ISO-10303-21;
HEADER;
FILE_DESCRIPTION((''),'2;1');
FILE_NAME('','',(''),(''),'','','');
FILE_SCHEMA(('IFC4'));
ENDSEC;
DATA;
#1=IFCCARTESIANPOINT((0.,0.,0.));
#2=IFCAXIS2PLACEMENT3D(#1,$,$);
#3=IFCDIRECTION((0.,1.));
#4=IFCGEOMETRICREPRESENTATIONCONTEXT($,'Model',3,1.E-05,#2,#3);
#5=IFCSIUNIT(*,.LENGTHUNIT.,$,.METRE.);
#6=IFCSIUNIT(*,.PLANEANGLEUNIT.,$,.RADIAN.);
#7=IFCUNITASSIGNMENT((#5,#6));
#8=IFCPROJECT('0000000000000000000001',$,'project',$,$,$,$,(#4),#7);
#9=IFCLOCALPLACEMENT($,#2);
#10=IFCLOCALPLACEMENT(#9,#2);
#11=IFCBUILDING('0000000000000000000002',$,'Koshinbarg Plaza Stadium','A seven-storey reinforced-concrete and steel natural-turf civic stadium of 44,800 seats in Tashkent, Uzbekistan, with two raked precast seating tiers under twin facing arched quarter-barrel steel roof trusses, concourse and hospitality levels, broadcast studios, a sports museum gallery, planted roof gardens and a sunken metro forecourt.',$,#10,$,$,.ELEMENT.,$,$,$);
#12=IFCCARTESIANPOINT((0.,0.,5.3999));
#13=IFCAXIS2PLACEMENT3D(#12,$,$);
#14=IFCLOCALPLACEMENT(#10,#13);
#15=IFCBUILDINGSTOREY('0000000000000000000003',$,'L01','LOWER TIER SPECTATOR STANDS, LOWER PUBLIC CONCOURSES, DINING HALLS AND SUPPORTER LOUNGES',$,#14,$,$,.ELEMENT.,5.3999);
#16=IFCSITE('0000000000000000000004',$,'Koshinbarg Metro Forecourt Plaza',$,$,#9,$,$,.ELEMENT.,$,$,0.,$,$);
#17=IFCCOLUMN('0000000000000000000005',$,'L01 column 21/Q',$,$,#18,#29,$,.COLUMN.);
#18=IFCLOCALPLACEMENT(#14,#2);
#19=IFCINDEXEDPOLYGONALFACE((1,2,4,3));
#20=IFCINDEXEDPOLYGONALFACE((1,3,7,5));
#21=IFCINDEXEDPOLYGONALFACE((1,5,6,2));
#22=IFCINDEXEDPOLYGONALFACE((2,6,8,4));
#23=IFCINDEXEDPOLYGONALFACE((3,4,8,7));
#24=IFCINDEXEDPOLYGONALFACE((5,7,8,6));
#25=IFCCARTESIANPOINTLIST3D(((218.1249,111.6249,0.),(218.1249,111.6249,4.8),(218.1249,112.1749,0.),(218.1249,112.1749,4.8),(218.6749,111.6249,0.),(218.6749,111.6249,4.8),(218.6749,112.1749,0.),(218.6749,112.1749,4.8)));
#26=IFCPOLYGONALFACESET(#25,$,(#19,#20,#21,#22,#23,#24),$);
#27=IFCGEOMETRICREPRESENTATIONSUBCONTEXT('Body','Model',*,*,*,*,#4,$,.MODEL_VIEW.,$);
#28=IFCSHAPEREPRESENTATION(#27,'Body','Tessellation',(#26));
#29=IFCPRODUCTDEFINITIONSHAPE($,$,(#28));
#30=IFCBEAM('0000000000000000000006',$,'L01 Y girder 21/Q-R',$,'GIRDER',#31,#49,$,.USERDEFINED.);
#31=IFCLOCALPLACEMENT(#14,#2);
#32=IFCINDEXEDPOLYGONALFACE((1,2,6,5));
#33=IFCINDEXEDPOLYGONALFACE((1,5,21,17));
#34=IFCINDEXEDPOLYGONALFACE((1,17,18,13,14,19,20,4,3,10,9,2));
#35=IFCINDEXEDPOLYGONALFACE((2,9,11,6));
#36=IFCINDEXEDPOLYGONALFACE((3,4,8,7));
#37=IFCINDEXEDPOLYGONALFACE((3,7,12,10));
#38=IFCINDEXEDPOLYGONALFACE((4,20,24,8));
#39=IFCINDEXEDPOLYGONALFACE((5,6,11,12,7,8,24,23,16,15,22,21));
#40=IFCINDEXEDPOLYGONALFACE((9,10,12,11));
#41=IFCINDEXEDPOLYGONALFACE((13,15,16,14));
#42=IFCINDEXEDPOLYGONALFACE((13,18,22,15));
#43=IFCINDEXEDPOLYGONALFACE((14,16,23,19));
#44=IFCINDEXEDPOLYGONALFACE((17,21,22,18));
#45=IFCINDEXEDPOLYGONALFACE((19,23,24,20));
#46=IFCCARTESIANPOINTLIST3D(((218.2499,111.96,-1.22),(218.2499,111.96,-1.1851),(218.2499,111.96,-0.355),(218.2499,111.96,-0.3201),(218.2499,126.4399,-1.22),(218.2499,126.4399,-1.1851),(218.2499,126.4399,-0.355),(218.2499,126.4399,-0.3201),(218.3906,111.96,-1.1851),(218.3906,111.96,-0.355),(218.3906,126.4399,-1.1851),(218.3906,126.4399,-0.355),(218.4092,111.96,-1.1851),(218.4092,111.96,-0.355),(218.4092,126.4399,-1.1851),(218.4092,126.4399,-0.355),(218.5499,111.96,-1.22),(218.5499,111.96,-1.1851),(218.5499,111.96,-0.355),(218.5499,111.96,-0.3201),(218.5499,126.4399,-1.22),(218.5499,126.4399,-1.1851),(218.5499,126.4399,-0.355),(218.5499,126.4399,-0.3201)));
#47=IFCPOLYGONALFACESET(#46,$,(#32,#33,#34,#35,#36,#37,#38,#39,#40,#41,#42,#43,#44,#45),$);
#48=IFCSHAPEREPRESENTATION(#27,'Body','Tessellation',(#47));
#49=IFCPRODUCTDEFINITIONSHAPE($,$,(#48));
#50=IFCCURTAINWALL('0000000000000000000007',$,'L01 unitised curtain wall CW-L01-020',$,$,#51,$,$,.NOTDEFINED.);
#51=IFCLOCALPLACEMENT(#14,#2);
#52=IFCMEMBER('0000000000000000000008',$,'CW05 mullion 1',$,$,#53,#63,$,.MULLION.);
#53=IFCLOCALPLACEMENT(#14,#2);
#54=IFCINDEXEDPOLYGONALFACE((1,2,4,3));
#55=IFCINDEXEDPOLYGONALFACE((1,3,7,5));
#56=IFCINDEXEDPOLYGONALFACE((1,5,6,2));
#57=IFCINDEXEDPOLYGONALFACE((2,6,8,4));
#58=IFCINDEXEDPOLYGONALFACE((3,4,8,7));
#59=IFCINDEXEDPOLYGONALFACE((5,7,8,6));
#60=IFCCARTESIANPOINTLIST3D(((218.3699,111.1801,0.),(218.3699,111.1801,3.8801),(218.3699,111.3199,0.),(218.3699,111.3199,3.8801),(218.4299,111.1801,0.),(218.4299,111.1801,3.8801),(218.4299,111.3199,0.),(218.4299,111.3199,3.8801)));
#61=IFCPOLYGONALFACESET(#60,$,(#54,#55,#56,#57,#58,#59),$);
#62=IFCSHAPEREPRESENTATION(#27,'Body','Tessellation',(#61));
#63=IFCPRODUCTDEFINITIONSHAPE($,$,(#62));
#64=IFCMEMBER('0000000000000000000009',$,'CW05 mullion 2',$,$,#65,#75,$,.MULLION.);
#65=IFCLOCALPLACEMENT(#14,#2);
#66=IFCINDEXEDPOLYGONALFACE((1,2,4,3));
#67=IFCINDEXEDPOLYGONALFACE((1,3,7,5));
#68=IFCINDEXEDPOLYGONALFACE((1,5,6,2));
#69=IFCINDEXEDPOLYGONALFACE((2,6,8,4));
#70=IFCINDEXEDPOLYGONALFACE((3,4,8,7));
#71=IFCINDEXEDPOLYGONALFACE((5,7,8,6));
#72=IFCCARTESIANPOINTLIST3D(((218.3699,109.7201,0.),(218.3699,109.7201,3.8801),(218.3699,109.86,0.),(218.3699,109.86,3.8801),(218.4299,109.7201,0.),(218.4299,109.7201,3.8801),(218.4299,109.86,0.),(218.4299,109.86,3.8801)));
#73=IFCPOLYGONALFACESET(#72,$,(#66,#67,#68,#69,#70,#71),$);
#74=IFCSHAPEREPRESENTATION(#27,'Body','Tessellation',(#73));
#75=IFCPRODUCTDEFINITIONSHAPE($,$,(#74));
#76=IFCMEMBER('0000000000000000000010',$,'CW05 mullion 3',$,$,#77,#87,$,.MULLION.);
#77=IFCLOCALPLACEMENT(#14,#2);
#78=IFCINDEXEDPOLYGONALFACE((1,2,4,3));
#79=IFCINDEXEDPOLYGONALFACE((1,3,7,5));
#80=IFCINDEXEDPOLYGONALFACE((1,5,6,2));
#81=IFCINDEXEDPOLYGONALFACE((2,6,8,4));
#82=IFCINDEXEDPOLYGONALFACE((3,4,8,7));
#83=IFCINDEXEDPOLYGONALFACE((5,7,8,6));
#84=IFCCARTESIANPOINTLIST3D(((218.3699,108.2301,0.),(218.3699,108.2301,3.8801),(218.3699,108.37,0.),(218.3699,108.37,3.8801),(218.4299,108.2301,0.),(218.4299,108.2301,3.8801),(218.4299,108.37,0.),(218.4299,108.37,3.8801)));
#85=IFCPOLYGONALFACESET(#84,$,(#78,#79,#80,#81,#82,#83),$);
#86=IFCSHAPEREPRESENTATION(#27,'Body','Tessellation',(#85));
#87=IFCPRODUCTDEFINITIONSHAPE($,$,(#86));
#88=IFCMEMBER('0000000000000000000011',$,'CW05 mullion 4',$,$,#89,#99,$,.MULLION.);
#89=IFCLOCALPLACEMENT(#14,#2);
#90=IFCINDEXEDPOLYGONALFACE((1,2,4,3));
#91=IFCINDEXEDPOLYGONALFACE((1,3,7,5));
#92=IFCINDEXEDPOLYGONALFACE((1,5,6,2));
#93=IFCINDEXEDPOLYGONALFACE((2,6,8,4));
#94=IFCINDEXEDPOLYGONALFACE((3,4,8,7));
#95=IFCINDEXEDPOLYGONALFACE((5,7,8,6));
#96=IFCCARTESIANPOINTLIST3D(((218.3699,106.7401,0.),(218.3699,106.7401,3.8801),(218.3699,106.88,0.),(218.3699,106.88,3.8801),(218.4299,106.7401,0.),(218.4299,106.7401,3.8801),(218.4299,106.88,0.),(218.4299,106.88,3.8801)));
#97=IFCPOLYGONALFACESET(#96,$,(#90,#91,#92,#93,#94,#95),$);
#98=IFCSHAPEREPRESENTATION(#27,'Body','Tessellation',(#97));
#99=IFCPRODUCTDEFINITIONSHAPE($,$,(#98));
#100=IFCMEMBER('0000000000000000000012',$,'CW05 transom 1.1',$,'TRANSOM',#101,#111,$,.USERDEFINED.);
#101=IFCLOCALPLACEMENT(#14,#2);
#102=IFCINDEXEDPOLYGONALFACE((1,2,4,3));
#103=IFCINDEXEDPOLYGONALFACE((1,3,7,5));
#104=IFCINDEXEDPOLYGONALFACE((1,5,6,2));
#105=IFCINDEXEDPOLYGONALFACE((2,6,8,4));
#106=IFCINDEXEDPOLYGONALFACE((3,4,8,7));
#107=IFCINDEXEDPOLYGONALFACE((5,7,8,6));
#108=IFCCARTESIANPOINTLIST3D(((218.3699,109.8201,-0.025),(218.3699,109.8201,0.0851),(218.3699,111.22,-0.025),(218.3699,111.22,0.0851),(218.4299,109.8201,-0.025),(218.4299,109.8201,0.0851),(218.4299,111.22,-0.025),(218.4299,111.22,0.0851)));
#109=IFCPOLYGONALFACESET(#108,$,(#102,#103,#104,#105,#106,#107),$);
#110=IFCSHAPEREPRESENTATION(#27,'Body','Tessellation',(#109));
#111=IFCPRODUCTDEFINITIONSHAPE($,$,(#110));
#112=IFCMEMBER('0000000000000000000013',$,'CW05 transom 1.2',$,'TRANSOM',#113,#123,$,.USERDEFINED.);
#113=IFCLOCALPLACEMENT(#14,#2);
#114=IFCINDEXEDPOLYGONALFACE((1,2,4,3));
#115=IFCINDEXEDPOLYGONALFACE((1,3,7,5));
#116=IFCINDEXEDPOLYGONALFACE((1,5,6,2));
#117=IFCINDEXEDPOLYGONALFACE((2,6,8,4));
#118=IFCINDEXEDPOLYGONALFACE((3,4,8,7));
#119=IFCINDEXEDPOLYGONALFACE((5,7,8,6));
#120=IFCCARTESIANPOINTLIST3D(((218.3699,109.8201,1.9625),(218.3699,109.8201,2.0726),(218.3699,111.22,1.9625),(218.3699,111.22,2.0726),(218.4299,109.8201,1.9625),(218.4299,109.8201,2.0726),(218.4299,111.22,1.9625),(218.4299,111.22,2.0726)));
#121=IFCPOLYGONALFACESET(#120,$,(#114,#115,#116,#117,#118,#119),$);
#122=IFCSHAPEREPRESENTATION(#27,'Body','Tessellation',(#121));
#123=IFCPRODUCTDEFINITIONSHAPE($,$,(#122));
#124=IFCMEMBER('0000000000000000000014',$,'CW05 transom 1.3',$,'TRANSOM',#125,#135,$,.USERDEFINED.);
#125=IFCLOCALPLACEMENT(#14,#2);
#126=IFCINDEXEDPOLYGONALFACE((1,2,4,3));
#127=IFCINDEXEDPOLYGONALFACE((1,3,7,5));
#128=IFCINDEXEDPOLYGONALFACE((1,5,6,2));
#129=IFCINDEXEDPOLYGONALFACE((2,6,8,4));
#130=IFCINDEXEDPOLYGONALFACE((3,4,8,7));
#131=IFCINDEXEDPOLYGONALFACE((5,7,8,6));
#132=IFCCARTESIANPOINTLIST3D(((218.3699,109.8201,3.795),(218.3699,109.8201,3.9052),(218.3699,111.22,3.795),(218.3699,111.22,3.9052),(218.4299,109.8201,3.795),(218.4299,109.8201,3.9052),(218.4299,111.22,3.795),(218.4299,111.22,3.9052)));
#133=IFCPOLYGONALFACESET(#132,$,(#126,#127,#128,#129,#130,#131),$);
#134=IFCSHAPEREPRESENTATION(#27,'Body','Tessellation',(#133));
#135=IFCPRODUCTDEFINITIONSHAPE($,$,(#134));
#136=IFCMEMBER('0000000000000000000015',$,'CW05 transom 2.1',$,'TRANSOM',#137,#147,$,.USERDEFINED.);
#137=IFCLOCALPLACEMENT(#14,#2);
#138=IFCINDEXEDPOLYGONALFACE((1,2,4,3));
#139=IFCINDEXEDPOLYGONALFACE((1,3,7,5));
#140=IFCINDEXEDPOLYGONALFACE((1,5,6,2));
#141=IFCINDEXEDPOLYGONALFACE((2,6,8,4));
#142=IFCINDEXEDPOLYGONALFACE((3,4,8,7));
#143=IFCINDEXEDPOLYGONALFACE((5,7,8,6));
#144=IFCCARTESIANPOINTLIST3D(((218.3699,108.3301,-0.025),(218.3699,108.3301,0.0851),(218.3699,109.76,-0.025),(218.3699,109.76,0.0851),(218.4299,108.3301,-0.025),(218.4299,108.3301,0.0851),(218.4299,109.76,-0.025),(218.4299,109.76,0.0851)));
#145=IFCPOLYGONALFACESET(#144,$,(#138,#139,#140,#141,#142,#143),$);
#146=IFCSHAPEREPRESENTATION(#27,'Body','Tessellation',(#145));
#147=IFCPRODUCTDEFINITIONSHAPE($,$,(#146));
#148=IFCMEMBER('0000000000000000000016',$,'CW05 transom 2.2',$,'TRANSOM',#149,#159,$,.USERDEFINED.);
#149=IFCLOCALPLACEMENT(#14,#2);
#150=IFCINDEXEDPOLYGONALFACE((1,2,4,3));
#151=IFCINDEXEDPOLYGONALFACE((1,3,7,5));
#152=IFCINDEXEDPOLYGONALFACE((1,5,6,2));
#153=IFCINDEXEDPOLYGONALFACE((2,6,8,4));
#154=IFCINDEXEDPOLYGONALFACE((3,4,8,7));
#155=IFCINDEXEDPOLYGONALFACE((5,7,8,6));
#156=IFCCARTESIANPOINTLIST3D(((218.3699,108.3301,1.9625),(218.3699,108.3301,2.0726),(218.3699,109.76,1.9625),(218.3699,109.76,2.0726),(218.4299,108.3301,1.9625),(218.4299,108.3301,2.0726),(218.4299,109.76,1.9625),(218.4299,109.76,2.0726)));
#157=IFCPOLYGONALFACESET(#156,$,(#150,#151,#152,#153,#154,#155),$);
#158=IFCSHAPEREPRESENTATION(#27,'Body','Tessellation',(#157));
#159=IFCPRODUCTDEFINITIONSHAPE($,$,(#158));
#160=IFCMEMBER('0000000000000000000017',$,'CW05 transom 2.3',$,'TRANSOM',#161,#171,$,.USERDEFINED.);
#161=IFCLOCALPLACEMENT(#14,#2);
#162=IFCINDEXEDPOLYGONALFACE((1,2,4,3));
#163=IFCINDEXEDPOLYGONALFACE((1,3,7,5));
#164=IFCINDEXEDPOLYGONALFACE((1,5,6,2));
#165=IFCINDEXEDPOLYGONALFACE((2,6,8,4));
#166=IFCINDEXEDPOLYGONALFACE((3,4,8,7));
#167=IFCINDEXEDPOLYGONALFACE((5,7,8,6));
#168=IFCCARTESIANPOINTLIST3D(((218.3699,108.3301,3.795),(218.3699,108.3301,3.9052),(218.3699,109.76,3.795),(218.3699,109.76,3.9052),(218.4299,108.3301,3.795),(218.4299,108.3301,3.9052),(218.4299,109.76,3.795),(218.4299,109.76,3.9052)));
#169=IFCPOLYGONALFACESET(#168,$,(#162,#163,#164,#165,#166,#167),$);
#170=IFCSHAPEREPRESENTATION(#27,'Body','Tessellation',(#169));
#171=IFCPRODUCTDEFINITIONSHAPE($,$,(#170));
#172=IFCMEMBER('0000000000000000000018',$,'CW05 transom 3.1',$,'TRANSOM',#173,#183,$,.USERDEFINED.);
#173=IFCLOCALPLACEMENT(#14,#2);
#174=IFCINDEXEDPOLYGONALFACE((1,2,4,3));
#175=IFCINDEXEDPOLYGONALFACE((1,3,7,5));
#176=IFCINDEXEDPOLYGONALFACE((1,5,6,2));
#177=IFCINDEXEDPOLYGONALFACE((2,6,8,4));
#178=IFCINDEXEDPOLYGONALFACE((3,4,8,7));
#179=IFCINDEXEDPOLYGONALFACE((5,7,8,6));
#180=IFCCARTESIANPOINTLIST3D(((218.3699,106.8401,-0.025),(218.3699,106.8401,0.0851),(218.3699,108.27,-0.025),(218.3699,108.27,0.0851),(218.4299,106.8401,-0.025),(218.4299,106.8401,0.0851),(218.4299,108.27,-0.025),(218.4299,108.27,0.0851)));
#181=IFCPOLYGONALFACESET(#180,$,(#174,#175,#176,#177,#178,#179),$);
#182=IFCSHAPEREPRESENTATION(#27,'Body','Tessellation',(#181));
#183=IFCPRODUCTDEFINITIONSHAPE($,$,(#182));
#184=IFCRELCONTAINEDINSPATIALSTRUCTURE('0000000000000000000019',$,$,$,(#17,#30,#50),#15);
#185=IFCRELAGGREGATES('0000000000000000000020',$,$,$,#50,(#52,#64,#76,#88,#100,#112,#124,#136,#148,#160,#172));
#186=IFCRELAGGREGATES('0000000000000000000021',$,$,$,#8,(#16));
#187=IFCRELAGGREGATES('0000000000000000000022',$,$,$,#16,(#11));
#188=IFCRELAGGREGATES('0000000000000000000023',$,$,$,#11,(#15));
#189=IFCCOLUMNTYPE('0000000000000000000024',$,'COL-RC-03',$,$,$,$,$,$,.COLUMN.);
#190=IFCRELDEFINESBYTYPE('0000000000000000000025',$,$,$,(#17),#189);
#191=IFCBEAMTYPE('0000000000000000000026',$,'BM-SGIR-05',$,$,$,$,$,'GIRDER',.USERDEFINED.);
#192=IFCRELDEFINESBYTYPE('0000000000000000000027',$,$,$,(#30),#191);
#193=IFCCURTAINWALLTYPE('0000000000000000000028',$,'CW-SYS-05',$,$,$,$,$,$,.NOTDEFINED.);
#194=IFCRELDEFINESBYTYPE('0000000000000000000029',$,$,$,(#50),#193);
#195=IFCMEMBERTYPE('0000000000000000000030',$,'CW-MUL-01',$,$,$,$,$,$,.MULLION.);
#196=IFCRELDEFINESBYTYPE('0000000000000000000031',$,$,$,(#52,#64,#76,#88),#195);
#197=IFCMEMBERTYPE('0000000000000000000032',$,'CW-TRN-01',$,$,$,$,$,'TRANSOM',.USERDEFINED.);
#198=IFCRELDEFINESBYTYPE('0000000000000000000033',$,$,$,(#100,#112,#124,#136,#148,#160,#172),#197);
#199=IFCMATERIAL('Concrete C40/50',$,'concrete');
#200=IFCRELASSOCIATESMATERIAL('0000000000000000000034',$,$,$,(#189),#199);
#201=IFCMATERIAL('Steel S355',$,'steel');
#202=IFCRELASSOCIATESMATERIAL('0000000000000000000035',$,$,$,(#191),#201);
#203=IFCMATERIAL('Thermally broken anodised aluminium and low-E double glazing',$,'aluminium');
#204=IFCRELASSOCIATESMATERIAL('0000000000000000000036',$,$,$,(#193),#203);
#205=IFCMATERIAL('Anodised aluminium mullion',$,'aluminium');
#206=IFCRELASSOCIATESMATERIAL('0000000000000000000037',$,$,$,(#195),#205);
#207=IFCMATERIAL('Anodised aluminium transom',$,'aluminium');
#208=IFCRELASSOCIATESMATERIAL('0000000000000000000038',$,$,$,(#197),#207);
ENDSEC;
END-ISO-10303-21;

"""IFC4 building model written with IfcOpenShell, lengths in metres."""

from ifc_helpers import new_model, si_unit, direction, frame, origin, origin_2d, place, context, subcontext, project, spatial, rectangle, i_section, extrude, material, material_profile, profile_set, type_object, element, aggregate, save


model = new_model("IFC4")

# Units and contexts
model_context = context("Model", 3, precision=1e-05, world=origin(), true_north=direction((0.0, 1.0)))
body_context = subcontext(model_context, "Body", "Model", "MODEL_VIEW")
ifc_project = project(units=[si_unit("LENGTHUNIT", "METRE"), si_unit("PLANEANGLEUNIT", "RADIAN")], contexts=[model_context])

# Site, building, storey
site_placement = place(None, origin())
site = spatial("IfcSite", under=ifc_project, at=site_placement, Name="Koshinbarg Metro Forecourt Plaza", CompositionType="ELEMENT", RefElevation=0.0)
building_placement = place(site_placement, origin())
building = spatial("IfcBuilding", under=site, at=building_placement, Name="Koshinbarg Plaza Stadium", Description="A seven-storey reinforced-concrete and steel natural-turf civic stadium of 44,800 seats in Tashkent, Uzbekistan, with two raked precast seating tiers under twin facing arched quarter-barrel steel roof trusses, concourse and hospitality levels, broadcast studios, a sports museum gallery, planted roof gardens and a sunken metro forecourt.", CompositionType="ELEMENT")
storey_placement = place(building_placement, frame((0.0, 0.0, 5.3999)))
storey = spatial("IfcBuildingStorey", under=building, at=storey_placement, Name="L01", Description="LOWER TIER SPECTATOR STANDS, LOWER PUBLIC CONCOURSES, DINING HALLS AND SUPPORTER LOUNGES", CompositionType="ELEMENT", Elevation=5.3999)

# Column
ifc_material_1 = material(Name="Concrete C40/50", Category="concrete")
ifc_material_profile_1 = material_profile(ifc_material_1, rectangle(XDim=0.55, YDim=0.55, at=origin_2d()), Name="RC 550x550")
ifc_profile_set_1 = profile_set([ifc_material_profile_1], Name="Concrete C40/50")
column_type = type_object("IfcColumnType", Name="COL-RC-03", PredefinedType="COLUMN", material=ifc_profile_set_1)
column_placement = place(storey_placement, frame((218.3999, 111.8999, 0.0), z_axis=(0.0, 0.0, 1.0), x_axis=(1.0, 0.0, 0.0)))
element("IfcColumn", 1, at=column_placement, inside=storey, type_object=column_type, Name="L01 column 21/Q", PredefinedType="COLUMN", context=body_context, shape_type="SweptSolid", body=[
    extrude(rectangle(XDim=0.55, YDim=0.55, at=origin_2d()), origin(), (0.0, 0.0, 1.0), 4.8),
])

# Beam
ifc_material_2 = material(Name="Steel S355", Category="steel")
ifc_material_profile_2 = material_profile(ifc_material_2, i_section(OverallWidth=0.3, OverallDepth=0.8999, WebThickness=0.0186, FlangeThickness=0.0349, at=origin_2d()), Name="HEB 900")
ifc_profile_set_2 = profile_set([ifc_material_profile_2], Name="Steel S355")
beam_type = type_object("IfcBeamType", Name="BM-SGIR-05", ElementType="GIRDER", PredefinedType="USERDEFINED", material=ifc_profile_set_2)
beam_placement = place(storey_placement, frame((218.3999, 111.96, -0.77), z_axis=(0.0, 1.0, 0.0), x_axis=(-1.0, 0.0, 0.0)))
element("IfcBeam", 2, at=beam_placement, inside=storey, type_object=beam_type, Name="L01 Y girder 21/Q-R", ObjectType="GIRDER", PredefinedType="USERDEFINED", context=body_context, shape_type="SweptSolid", body=[
    extrude(i_section(OverallWidth=0.3, OverallDepth=0.8999, WebThickness=0.0186, FlangeThickness=0.0349, at=origin_2d()), origin(), (0.0, 0.0, 1.0), 14.48),
])

# Curtain wall, members
ifc_material_3 = material(Name="Thermally broken anodised aluminium and low-E double glazing", Category="aluminium")
curtain_wall_type = type_object("IfcCurtainWallType", Name="CW-SYS-05", PredefinedType="NOTDEFINED", material=ifc_material_3)
curtain_wall_placement = place(storey_placement, origin())
curtain_wall = element("IfcCurtainWall", 3, at=curtain_wall_placement, inside=storey, type_object=curtain_wall_type, Name="L01 unitised curtain wall CW-L01-020", PredefinedType="NOTDEFINED")
ifc_material_4 = material(Name="Anodised aluminium mullion", Category="aluminium")
ifc_material_profile_3 = material_profile(ifc_material_4, rectangle(XDim=0.0601, YDim=0.1399, at=origin_2d()), Name="ALU 60x140")
ifc_profile_set_3 = profile_set([ifc_material_profile_3], Name="Anodised aluminium mullion")
member_type_1 = type_object("IfcMemberType", Name="CW-MUL-01", PredefinedType="MULLION", material=ifc_profile_set_3)
member_1_placement = place(storey_placement, frame((218.3999, 111.25, 0.0), z_axis=(0.0, 0.0, 1.0), x_axis=(1.0, 0.0, 0.0)))
member_1 = element("IfcMember", 4, at=member_1_placement, type_object=member_type_1, Name="CW05 mullion 1", PredefinedType="MULLION", context=body_context, shape_type="SweptSolid", body=[
    extrude(rectangle(XDim=0.0601, YDim=0.1399, at=origin_2d()), origin(), (0.0, 0.0, 1.0), 3.8801),
])
member_2_placement = place(storey_placement, frame((218.3999, 109.79, 0.0), z_axis=(0.0, 0.0, 1.0), x_axis=(1.0, 0.0, 0.0)))
member_2 = element("IfcMember", 5, at=member_2_placement, type_object=member_type_1, Name="CW05 mullion 2", PredefinedType="MULLION", context=body_context, shape_type="SweptSolid", body=[
    extrude(rectangle(XDim=0.0601, YDim=0.1399, at=origin_2d()), origin(), (0.0, 0.0, 1.0), 3.8801),
])
member_3_placement = place(storey_placement, frame((218.3999, 108.3, 0.0), z_axis=(0.0, 0.0, 1.0), x_axis=(1.0, 0.0, 0.0)))
member_3 = element("IfcMember", 6, at=member_3_placement, type_object=member_type_1, Name="CW05 mullion 3", PredefinedType="MULLION", context=body_context, shape_type="SweptSolid", body=[
    extrude(rectangle(XDim=0.0601, YDim=0.1399, at=origin_2d()), origin(), (0.0, 0.0, 1.0), 3.8801),
])
member_4_placement = place(storey_placement, frame((218.3999, 106.8101, 0.0), z_axis=(0.0, 0.0, 1.0), x_axis=(1.0, 0.0, 0.0)))
member_4 = element("IfcMember", 7, at=member_4_placement, type_object=member_type_1, Name="CW05 mullion 4", PredefinedType="MULLION", context=body_context, shape_type="SweptSolid", body=[
    extrude(rectangle(XDim=0.0601, YDim=0.1399, at=origin_2d()), origin(), (0.0, 0.0, 1.0), 3.8801),
])
ifc_material_5 = material(Name="Anodised aluminium transom", Category="aluminium")
ifc_material_profile_4 = material_profile(ifc_material_5, rectangle(XDim=0.0601, YDim=0.1101, at=origin_2d()), Name="ALU 60x110")
ifc_profile_set_4 = profile_set([ifc_material_profile_4], Name="Anodised aluminium transom")
member_type_2 = type_object("IfcMemberType", Name="CW-TRN-01", ElementType="TRANSOM", PredefinedType="USERDEFINED", material=ifc_profile_set_4)
member_5_placement = place(storey_placement, frame((218.3999, 111.22, 0.03), z_axis=(0.0, -1.0, 0.0), x_axis=(1.0, 0.0, 0.0)))
member_5 = element("IfcMember", 8, at=member_5_placement, type_object=member_type_2, Name="CW05 transom 1.1", ObjectType="TRANSOM", PredefinedType="USERDEFINED", context=body_context, shape_type="SweptSolid", body=[
    extrude(rectangle(XDim=0.0601, YDim=0.1101, at=origin_2d()), origin(), (0.0, 0.0, 1.0), 1.3999),
])
member_6_placement = place(storey_placement, frame((218.3999, 111.22, 2.0176), z_axis=(0.0, -1.0, 0.0), x_axis=(1.0, 0.0, 0.0)))
member_6 = element("IfcMember", 9, at=member_6_placement, type_object=member_type_2, Name="CW05 transom 1.2", ObjectType="TRANSOM", PredefinedType="USERDEFINED", context=body_context, shape_type="SweptSolid", body=[
    extrude(rectangle(XDim=0.0601, YDim=0.1101, at=origin_2d()), origin(), (0.0, 0.0, 1.0), 1.3999),
])
member_7_placement = place(storey_placement, frame((218.3999, 111.22, 3.8501), z_axis=(0.0, -1.0, 0.0), x_axis=(1.0, 0.0, 0.0)))
member_7 = element("IfcMember", 10, at=member_7_placement, type_object=member_type_2, Name="CW05 transom 1.3", ObjectType="TRANSOM", PredefinedType="USERDEFINED", context=body_context, shape_type="SweptSolid", body=[
    extrude(rectangle(XDim=0.0601, YDim=0.1101, at=origin_2d()), origin(), (0.0, 0.0, 1.0), 1.3999),
])
member_8_placement = place(storey_placement, frame((218.3999, 109.76, 0.03), z_axis=(0.0, -1.0, 0.0), x_axis=(1.0, 0.0, 0.0)))
member_8 = element("IfcMember", 11, at=member_8_placement, type_object=member_type_2, Name="CW05 transom 2.1", ObjectType="TRANSOM", PredefinedType="USERDEFINED", context=body_context, shape_type="SweptSolid", body=[
    extrude(rectangle(XDim=0.0601, YDim=0.1101, at=origin_2d()), origin(), (0.0, 0.0, 1.0), 1.4299),
])
member_9_placement = place(storey_placement, frame((218.3999, 109.76, 2.0176), z_axis=(0.0, -1.0, 0.0), x_axis=(1.0, 0.0, 0.0)))
member_9 = element("IfcMember", 12, at=member_9_placement, type_object=member_type_2, Name="CW05 transom 2.2", ObjectType="TRANSOM", PredefinedType="USERDEFINED", context=body_context, shape_type="SweptSolid", body=[
    extrude(rectangle(XDim=0.0601, YDim=0.1101, at=origin_2d()), origin(), (0.0, 0.0, 1.0), 1.4299),
])
member_10_placement = place(storey_placement, frame((218.3999, 109.76, 3.8501), z_axis=(0.0, -1.0, 0.0), x_axis=(1.0, 0.0, 0.0)))
member_10 = element("IfcMember", 13, at=member_10_placement, type_object=member_type_2, Name="CW05 transom 2.3", ObjectType="TRANSOM", PredefinedType="USERDEFINED", context=body_context, shape_type="SweptSolid", body=[
    extrude(rectangle(XDim=0.0601, YDim=0.1101, at=origin_2d()), origin(), (0.0, 0.0, 1.0), 1.4299),
])
member_11_placement = place(storey_placement, frame((218.3999, 108.27, 0.03), z_axis=(0.0, -1.0, 0.0), x_axis=(1.0, 0.0, 0.0)))
member_11 = element("IfcMember", 14, at=member_11_placement, type_object=member_type_2, Name="CW05 transom 3.1", ObjectType="TRANSOM", PredefinedType="USERDEFINED", context=body_context, shape_type="SweptSolid", body=[
    extrude(rectangle(XDim=0.0601, YDim=0.1101, at=origin_2d()), origin(), (0.0, 0.0, 1.0), 1.4299),
])
aggregate(curtain_wall, [member_1, member_2, member_3, member_4, member_5, member_6, member_7, member_8, member_9, member_10, member_11])

save(model, "model.ifc")
